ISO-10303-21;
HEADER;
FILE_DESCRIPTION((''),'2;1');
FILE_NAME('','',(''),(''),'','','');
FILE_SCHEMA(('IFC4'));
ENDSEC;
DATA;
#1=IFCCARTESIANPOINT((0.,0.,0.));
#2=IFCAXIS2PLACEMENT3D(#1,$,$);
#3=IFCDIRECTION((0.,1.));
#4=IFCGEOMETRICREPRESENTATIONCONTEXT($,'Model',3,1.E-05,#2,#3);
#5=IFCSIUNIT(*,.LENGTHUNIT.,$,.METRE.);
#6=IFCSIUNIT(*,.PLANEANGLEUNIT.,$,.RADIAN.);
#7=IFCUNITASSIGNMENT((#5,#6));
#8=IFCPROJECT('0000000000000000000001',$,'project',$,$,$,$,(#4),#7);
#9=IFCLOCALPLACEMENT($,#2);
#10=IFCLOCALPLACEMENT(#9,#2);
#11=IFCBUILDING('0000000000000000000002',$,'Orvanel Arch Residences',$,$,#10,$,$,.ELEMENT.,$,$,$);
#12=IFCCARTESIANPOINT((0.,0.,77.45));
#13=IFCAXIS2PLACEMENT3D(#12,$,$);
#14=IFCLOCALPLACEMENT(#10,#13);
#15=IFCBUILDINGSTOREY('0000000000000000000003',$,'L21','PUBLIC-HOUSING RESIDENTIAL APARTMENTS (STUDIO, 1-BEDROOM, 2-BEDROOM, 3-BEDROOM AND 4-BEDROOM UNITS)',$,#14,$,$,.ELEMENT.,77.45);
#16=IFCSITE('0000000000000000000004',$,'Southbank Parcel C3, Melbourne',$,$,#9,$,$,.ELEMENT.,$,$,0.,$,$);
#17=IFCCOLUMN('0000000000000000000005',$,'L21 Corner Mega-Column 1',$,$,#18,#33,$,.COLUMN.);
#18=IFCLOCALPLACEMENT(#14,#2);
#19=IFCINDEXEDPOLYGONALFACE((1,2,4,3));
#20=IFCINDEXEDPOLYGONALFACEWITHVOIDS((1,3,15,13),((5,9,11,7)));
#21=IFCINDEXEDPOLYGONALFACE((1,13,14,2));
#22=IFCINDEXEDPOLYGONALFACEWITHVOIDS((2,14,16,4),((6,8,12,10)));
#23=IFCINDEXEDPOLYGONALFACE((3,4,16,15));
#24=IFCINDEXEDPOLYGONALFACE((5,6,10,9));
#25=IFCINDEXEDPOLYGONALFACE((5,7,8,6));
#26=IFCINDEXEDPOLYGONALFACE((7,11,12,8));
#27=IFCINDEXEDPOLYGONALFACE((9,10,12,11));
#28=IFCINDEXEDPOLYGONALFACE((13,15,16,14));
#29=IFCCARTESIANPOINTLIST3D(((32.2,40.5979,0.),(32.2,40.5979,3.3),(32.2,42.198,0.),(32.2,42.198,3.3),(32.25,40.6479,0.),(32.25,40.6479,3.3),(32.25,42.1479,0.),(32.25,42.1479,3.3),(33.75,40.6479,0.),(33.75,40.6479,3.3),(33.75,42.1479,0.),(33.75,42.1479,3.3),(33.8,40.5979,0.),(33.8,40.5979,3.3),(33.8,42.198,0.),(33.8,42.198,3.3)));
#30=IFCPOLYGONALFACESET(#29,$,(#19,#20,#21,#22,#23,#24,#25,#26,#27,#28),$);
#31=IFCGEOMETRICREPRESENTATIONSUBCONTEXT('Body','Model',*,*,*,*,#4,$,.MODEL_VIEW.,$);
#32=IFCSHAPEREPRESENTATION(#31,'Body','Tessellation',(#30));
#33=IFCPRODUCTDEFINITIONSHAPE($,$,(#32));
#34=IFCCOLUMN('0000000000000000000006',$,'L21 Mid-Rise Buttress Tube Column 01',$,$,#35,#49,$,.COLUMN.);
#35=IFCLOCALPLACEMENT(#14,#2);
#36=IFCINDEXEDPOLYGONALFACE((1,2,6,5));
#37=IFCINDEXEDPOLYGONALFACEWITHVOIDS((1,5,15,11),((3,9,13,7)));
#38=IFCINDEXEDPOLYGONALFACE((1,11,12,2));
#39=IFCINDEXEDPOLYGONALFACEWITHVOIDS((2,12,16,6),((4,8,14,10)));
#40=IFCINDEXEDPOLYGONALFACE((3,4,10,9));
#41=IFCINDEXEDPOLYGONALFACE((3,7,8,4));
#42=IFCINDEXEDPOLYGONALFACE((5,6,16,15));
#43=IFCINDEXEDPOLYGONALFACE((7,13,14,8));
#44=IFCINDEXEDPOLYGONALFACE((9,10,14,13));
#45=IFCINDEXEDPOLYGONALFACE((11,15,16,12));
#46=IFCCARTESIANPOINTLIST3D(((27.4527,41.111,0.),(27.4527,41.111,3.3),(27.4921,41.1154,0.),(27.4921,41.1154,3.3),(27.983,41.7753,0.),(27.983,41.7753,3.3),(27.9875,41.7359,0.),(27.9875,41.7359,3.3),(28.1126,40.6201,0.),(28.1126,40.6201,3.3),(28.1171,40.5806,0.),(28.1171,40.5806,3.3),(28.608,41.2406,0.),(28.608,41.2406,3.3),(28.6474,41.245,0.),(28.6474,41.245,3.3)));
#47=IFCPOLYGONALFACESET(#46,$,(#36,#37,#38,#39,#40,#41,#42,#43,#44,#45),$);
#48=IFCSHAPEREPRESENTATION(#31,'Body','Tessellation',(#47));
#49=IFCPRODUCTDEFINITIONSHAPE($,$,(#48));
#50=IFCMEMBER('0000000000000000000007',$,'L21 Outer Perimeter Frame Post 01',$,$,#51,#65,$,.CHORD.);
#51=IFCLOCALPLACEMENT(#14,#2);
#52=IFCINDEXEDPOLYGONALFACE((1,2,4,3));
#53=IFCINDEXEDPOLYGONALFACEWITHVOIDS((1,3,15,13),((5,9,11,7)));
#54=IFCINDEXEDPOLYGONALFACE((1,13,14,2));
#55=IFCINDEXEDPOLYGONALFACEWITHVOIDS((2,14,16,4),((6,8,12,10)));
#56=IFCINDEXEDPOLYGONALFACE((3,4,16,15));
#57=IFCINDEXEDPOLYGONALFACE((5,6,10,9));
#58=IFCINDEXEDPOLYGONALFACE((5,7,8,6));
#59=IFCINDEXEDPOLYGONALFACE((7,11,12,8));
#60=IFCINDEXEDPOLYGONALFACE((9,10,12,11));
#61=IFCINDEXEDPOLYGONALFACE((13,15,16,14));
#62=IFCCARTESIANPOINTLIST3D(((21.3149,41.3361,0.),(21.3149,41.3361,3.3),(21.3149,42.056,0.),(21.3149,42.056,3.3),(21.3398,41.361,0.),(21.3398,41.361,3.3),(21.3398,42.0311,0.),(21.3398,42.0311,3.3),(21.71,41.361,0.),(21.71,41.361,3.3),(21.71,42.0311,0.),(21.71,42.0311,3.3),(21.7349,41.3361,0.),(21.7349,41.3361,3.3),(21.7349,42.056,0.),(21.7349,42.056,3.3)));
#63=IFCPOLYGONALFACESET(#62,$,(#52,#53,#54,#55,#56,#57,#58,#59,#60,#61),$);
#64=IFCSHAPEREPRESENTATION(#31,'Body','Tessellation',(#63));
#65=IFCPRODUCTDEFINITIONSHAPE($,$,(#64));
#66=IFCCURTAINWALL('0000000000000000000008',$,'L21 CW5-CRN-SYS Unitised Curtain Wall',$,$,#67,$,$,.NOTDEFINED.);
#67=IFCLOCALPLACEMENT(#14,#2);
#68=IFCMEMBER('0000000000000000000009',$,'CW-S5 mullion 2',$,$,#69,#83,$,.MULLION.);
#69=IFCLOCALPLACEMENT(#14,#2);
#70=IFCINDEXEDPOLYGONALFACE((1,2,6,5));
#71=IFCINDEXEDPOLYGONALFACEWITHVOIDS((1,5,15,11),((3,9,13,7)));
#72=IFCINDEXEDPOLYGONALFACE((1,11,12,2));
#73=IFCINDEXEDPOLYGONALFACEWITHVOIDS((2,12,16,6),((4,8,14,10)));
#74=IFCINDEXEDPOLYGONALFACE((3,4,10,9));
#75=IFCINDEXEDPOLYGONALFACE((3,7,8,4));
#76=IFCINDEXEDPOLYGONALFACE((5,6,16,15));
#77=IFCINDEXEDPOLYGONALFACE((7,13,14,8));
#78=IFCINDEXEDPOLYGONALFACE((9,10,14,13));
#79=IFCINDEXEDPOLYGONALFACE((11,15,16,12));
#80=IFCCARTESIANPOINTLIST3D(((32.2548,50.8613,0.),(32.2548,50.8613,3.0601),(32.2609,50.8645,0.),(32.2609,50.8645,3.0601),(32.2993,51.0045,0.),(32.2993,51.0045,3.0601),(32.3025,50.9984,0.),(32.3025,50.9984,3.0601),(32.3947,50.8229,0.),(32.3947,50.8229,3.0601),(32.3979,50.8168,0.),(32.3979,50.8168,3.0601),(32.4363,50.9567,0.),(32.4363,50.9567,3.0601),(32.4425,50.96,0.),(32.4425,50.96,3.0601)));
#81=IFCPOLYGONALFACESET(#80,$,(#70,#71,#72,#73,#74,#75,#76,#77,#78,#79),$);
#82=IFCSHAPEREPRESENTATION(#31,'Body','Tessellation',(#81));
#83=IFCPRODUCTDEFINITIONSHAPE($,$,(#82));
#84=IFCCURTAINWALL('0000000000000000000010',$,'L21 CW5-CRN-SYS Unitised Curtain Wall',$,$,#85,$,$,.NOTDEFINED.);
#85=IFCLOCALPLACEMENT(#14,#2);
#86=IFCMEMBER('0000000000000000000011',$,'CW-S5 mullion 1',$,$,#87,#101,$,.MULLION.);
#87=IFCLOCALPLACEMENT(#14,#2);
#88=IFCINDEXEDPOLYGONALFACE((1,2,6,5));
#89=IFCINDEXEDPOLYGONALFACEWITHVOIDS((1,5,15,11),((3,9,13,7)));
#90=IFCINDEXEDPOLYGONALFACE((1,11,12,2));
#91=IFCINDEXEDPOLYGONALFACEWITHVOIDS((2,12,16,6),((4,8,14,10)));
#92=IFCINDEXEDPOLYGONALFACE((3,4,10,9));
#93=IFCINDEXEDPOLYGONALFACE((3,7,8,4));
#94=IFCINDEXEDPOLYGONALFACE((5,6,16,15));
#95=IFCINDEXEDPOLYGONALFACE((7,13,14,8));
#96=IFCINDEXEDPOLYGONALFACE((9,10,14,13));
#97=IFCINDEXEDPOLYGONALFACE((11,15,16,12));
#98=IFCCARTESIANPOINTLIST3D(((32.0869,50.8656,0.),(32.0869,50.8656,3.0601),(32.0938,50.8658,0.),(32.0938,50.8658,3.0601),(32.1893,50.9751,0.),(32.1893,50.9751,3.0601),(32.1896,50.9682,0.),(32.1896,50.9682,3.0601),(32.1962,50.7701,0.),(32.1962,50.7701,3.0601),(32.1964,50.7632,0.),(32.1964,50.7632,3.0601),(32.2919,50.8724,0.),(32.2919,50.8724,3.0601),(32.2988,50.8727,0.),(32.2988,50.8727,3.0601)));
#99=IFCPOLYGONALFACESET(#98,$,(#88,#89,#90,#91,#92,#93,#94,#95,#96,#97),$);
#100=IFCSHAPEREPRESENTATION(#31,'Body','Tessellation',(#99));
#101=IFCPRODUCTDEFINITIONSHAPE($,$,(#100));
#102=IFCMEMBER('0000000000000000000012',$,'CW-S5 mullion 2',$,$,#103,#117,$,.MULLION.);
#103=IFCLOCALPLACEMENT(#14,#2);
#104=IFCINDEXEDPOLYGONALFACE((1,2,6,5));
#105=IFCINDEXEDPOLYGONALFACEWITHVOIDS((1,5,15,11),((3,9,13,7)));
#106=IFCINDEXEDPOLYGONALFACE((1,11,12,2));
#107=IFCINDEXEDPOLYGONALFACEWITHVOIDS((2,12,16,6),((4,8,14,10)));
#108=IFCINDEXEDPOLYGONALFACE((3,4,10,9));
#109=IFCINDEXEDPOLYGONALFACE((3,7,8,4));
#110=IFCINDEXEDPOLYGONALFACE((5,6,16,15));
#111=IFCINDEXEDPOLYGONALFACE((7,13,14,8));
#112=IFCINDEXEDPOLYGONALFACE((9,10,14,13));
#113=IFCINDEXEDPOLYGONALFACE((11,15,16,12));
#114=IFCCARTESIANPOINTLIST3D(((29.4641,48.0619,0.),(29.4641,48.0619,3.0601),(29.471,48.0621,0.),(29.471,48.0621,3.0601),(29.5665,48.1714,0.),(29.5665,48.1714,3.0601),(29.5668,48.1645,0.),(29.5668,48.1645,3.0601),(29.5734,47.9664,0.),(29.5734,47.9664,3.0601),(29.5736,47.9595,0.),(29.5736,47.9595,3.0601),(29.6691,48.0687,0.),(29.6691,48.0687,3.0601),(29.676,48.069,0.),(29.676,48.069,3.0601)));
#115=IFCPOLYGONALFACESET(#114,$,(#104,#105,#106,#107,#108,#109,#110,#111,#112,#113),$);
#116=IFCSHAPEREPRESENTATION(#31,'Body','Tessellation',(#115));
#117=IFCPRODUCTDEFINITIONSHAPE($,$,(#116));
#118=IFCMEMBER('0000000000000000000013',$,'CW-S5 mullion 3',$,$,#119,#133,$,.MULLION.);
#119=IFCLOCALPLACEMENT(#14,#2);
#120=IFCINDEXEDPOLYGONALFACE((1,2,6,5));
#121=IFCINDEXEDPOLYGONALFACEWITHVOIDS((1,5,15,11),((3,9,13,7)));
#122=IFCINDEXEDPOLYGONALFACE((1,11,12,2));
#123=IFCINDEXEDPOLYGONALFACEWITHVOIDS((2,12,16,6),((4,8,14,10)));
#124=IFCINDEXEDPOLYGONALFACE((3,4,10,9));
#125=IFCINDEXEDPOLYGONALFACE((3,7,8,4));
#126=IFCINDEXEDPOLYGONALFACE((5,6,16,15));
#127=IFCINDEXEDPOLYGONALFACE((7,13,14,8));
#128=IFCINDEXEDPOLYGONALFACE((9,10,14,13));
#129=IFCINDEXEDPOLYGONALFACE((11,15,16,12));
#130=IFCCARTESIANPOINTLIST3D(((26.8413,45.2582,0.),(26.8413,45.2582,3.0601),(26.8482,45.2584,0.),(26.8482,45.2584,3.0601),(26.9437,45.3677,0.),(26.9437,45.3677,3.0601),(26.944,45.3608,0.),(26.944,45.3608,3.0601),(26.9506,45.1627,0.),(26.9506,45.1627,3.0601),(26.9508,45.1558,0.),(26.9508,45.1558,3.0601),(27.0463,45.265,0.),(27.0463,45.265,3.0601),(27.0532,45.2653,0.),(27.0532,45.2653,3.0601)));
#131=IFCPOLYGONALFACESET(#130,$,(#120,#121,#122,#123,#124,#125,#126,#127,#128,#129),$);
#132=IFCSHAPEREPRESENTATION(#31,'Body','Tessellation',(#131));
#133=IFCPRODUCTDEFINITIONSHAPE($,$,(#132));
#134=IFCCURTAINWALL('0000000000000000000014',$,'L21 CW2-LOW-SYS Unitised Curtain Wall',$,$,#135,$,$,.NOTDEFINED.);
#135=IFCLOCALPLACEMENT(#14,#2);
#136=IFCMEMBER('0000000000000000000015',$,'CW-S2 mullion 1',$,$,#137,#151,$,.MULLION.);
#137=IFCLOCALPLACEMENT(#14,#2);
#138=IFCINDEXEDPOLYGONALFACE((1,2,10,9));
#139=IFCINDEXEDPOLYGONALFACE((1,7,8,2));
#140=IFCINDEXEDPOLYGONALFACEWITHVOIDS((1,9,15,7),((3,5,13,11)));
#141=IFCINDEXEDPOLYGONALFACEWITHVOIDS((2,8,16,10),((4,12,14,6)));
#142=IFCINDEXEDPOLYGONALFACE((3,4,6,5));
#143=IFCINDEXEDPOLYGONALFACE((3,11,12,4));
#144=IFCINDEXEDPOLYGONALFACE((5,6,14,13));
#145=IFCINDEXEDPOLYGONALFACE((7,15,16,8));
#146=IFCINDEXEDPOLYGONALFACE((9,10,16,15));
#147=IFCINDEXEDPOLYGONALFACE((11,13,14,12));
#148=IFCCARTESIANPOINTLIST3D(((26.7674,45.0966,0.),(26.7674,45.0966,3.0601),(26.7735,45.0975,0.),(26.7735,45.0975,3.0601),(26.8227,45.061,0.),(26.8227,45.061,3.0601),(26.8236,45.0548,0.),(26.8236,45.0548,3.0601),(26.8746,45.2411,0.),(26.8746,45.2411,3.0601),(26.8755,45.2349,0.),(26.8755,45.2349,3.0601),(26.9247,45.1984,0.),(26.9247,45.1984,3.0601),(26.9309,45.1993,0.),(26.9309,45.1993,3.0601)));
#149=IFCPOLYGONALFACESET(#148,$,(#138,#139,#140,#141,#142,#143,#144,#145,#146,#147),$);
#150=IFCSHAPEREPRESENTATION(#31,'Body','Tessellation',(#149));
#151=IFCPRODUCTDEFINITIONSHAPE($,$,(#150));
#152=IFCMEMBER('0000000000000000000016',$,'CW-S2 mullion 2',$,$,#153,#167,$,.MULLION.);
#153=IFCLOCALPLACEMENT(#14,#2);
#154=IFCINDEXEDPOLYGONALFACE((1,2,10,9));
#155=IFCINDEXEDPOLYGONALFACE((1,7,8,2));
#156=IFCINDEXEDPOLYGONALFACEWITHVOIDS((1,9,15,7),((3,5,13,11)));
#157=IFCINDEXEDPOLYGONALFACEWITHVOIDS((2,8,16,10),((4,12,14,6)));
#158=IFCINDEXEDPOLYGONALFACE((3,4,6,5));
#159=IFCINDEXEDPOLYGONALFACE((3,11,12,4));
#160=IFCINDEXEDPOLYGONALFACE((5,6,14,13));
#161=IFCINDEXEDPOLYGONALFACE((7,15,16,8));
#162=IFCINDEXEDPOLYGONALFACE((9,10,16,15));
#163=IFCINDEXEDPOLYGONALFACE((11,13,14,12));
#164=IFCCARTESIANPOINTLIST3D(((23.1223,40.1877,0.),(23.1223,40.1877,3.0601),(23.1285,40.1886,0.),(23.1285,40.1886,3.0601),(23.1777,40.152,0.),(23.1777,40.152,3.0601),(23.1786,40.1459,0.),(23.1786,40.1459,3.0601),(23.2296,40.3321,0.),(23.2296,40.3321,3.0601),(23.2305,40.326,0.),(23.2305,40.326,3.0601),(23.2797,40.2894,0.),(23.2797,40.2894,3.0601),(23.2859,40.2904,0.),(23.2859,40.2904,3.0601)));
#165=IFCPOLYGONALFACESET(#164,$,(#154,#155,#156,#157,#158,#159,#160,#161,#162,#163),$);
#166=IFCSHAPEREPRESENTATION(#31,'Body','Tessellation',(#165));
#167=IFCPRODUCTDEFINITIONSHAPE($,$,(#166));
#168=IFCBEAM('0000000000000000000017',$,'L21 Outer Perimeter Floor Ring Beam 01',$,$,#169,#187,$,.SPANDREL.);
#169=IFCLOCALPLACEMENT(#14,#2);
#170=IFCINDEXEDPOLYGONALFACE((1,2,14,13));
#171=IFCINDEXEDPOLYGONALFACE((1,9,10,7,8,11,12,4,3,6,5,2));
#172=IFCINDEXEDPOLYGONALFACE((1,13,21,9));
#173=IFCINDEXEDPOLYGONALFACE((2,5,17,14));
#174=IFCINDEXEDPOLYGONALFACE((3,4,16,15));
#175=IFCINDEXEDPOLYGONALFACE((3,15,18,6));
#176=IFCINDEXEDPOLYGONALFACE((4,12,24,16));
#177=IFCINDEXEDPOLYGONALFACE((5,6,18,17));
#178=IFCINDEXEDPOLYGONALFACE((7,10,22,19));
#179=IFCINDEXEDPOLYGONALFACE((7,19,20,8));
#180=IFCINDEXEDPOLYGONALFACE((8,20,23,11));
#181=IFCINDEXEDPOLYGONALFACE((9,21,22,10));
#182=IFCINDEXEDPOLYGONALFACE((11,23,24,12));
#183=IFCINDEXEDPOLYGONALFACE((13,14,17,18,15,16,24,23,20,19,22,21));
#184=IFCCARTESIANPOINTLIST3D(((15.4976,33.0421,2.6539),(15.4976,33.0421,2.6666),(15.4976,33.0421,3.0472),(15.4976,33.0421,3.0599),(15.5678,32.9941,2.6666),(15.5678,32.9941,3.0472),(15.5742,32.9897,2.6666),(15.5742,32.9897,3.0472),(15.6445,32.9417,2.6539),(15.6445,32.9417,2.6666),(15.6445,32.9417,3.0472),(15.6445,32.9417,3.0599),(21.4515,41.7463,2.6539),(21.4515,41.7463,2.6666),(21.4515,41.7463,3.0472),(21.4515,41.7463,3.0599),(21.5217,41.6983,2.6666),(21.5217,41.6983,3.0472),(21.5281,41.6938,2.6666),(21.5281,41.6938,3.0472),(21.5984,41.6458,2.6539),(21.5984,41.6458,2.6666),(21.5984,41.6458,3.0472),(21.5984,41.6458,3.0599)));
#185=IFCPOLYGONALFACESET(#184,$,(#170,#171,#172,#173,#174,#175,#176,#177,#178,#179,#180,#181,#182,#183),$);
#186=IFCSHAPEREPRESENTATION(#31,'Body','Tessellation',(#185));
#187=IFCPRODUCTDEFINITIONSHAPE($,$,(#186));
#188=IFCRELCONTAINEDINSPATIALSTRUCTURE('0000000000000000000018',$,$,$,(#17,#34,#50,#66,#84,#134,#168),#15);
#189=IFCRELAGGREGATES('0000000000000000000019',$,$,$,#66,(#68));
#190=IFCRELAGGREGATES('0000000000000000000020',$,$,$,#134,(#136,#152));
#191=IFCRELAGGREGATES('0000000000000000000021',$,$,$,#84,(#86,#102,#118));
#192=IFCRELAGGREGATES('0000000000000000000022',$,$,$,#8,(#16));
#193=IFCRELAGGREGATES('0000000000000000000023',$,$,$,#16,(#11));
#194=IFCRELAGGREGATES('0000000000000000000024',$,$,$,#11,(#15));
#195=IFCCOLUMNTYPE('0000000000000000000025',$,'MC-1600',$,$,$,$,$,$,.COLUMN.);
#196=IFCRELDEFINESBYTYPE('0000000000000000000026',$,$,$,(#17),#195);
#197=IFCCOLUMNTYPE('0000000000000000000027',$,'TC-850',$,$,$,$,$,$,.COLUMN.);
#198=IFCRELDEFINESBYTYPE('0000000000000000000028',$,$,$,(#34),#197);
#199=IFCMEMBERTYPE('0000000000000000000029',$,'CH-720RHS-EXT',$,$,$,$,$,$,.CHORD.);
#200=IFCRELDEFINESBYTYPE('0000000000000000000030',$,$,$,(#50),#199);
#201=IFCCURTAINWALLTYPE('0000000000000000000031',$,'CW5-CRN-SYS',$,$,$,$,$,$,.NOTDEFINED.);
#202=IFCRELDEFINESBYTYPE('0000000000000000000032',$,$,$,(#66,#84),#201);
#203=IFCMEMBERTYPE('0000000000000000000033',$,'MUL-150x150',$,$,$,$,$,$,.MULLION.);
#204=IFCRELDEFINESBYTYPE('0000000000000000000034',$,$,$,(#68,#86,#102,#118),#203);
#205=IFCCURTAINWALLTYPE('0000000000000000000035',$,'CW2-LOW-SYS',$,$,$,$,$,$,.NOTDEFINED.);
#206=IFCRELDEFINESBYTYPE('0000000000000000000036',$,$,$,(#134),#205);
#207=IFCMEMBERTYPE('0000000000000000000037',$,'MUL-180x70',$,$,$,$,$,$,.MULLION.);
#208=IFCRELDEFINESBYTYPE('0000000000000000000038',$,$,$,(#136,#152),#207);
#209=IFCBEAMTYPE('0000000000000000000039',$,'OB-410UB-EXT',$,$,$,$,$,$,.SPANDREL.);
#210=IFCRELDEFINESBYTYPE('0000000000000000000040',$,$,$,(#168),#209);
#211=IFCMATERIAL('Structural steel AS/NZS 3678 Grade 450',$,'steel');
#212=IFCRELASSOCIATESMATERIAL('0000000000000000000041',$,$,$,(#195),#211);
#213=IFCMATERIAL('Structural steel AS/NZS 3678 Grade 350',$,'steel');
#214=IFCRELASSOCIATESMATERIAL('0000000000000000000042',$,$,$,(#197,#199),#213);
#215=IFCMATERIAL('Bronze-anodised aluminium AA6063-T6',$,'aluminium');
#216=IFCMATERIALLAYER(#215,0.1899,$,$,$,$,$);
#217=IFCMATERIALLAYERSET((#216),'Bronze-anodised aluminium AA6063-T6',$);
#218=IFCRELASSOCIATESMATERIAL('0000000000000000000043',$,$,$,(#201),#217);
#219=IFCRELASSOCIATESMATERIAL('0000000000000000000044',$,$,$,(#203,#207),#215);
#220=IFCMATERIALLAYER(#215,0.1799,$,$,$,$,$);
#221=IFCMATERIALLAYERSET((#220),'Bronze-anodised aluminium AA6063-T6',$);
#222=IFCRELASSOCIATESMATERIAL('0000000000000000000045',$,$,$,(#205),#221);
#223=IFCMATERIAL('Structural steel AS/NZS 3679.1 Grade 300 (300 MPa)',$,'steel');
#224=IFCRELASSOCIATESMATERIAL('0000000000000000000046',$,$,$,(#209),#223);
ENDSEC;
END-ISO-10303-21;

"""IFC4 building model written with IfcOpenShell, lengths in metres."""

from ifc_helpers import new_model, si_unit, direction, frame, origin, origin_2d, place, context, subcontext, project, spatial, hollow_rectangle, i_section, extrude, material, layer, layer_set, material_profile, profile_set, type_object, element, aggregate, save


model = new_model("IFC4")

# Units and contexts
model_context = context("Model", 3, precision=1e-05, world=origin(), true_north=direction((0.0, 1.0)))
body_context = subcontext(model_context, "Body", "Model", "MODEL_VIEW")
ifc_project = project(units=[si_unit("LENGTHUNIT", "METRE"), si_unit("PLANEANGLEUNIT", "RADIAN")], contexts=[model_context])

# Site, building, storey
site_placement = place(None, origin())
site = spatial("IfcSite", under=ifc_project, at=site_placement, Name="Southbank Parcel C3, Melbourne", CompositionType="ELEMENT", RefElevation=0.0)
building_placement = place(site_placement, origin())
building = spatial("IfcBuilding", under=site, at=building_placement, Name="Orvanel Arch Residences", CompositionType="ELEMENT")
storey_placement = place(building_placement, frame((0.0, 0.0, 77.45)))
storey = spatial("IfcBuildingStorey", under=building, at=storey_placement, Name="L21", Description="PUBLIC-HOUSING RESIDENTIAL APARTMENTS (STUDIO, 1-BEDROOM, 2-BEDROOM, 3-BEDROOM AND 4-BEDROOM UNITS)", CompositionType="ELEMENT", Elevation=77.45)

# Columns
ifc_material_1 = material(Name="Structural steel AS/NZS 3678 Grade 450", Category="steel")
ifc_material_profile_1 = material_profile(ifc_material_1, hollow_rectangle(XDim=1.6001, YDim=1.6001, WallThickness=0.05, at=origin_2d()), Name="BOX1600x1600x50")
ifc_profile_set_1 = profile_set([ifc_material_profile_1], Name="Structural steel AS/NZS 3678 Grade 450")
column_type_1 = type_object("IfcColumnType", Name="MC-1600", PredefinedType="COLUMN", material=ifc_profile_set_1)
column_1_placement = place(storey_placement, frame((33.0, 41.3979, 0.0), z_axis=(0.0, 0.0, 1.0), x_axis=(1.0, 0.0, 0.0)))
element("IfcColumn", 1, at=column_1_placement, inside=storey, type_object=column_type_1, Name="L21 Corner Mega-Column 1", PredefinedType="COLUMN", context=body_context, shape_type="SweptSolid", body=[
    extrude(hollow_rectangle(XDim=1.6001, YDim=1.6001, WallThickness=0.05, at=origin_2d()), origin(), (0.0, 0.0, 1.0), 3.3),
])
ifc_material_2 = material(Name="Structural steel AS/NZS 3678 Grade 350", Category="steel")
ifc_material_profile_2 = material_profile(ifc_material_2, hollow_rectangle(XDim=0.8501, YDim=0.8501, WallThickness=0.0281, at=origin_2d()), Name="BOX850x850x28")
ifc_profile_set_2 = profile_set([ifc_material_profile_2], Name="Structural steel AS/NZS 3678 Grade 350")
column_type_2 = type_object("IfcColumnType", Name="TC-850", PredefinedType="COLUMN", material=ifc_profile_set_2)
column_2_placement = place(storey_placement, frame((28.05, 41.178, 0.0), z_axis=(0.0, 0.0, 1.0), x_axis=(0.62388, 0.78152, 0.0)))
element("IfcColumn", 2, at=column_2_placement, inside=storey, type_object=column_type_2, Name="L21 Mid-Rise Buttress Tube Column 01", PredefinedType="COLUMN", context=body_context, shape_type="SweptSolid", body=[
    extrude(hollow_rectangle(XDim=0.8501, YDim=0.8501, WallThickness=0.0281, at=origin_2d()), origin(), (0.0, 0.0, 1.0), 3.3),
])

# Member
ifc_material_profile_3 = material_profile(ifc_material_2, hollow_rectangle(XDim=0.4199, YDim=0.72, WallThickness=0.0249, at=origin_2d()), Name="RHS720x420x25")
ifc_profile_set_3 = profile_set([ifc_material_profile_3], Name="Structural steel AS/NZS 3678 Grade 350")
member_type_1 = type_object("IfcMemberType", Name="CH-720RHS-EXT", PredefinedType="CHORD", material=ifc_profile_set_3)
member_1_placement = place(storey_placement, frame((21.5249, 41.696, 0.0), z_axis=(0.0, 0.0, 1.0), x_axis=(1.0, 0.0, 0.0)))
element("IfcMember", 3, at=member_1_placement, inside=storey, type_object=member_type_1, Name="L21 Outer Perimeter Frame Post 01", PredefinedType="CHORD", context=body_context, shape_type="SweptSolid", body=[
    extrude(hollow_rectangle(XDim=0.4199, YDim=0.72, WallThickness=0.0249, at=origin_2d()), origin(), (0.0, 0.0, 1.0), 3.3),
])

# Curtain wall, member
ifc_material_3 = material(Name="Bronze-anodised aluminium AA6063-T6", Category="aluminium")
ifc_layer_1 = layer(ifc_material_3, 0.1899)
ifc_layer_set_1 = layer_set([ifc_layer_1], Name="Bronze-anodised aluminium AA6063-T6")
curtain_wall_type_1 = type_object("IfcCurtainWallType", Name="CW5-CRN-SYS", PredefinedType="NOTDEFINED", material=ifc_layer_set_1)
curtain_wall_1_placement = place(storey_placement, origin())
curtain_wall_1 = element("IfcCurtainWall", 4, at=curtain_wall_1_placement, inside=storey, type_object=curtain_wall_type_1, Name="L21 CW5-CRN-SYS Unitised Curtain Wall", PredefinedType="NOTDEFINED")
ifc_material_profile_4 = material_profile(ifc_material_3, hollow_rectangle(XDim=0.1499, YDim=0.1499, WallThickness=0.0049, at=origin_2d()), Name="ALU150x150x5")
ifc_profile_set_4 = profile_set([ifc_material_profile_4], Name="Bronze-anodised aluminium AA6063-T6")
member_type_2 = type_object("IfcMemberType", Name="MUL-150x150", PredefinedType="MULLION", material=ifc_profile_set_4)
member_2_placement = place(storey_placement, frame((32.3486, 50.9106, 0.0), z_axis=(0.0, 0.0, 1.0), x_axis=(-0.296994, -0.954879, 0.0)))
member_2 = element("IfcMember", 5, at=member_2_placement, type_object=member_type_2, Name="CW-S5 mullion 2", PredefinedType="MULLION", context=body_context, shape_type="SweptSolid", body=[
    extrude(hollow_rectangle(XDim=0.1499, YDim=0.1499, WallThickness=0.0049, at=origin_2d()), origin(), (0.0, 0.0, 1.0), 3.0601),
])
aggregate(curtain_wall_1, [member_2])

# Curtain walls, members
curtain_wall_2_placement = place(storey_placement, origin())
curtain_wall_2 = element("IfcCurtainWall", 6, at=curtain_wall_2_placement, inside=storey, type_object=curtain_wall_type_1, Name="L21 CW5-CRN-SYS Unitised Curtain Wall", PredefinedType="NOTDEFINED")
member_3_placement = place(storey_placement, frame((32.1929, 50.8691, 0.0), z_axis=(0.0, 0.0, 1.0), x_axis=(0.730282, -0.683146, 0.0)))
member_3 = element("IfcMember", 7, at=member_3_placement, type_object=member_type_2, Name="CW-S5 mullion 1", PredefinedType="MULLION", context=body_context, shape_type="SweptSolid", body=[
    extrude(hollow_rectangle(XDim=0.1499, YDim=0.1499, WallThickness=0.0049, at=origin_2d()), origin(), (0.0, 0.0, 1.0), 3.0601),
])
member_4_placement = place(storey_placement, frame((29.5701, 48.0654, 0.0), z_axis=(0.0, 0.0, 1.0), x_axis=(0.730282, -0.683146, 0.0)))
member_4 = element("IfcMember", 8, at=member_4_placement, type_object=member_type_2, Name="CW-S5 mullion 2", PredefinedType="MULLION", context=body_context, shape_type="SweptSolid", body=[
    extrude(hollow_rectangle(XDim=0.1499, YDim=0.1499, WallThickness=0.0049, at=origin_2d()), origin(), (0.0, 0.0, 1.0), 3.0601),
])
member_5_placement = place(storey_placement, frame((26.9473, 45.2617, 0.0), z_axis=(0.0, 0.0, 1.0), x_axis=(0.730282, -0.683146, 0.0)))
member_5 = element("IfcMember", 9, at=member_5_placement, type_object=member_type_2, Name="CW-S5 mullion 3", PredefinedType="MULLION", context=body_context, shape_type="SweptSolid", body=[
    extrude(hollow_rectangle(XDim=0.1499, YDim=0.1499, WallThickness=0.0049, at=origin_2d()), origin(), (0.0, 0.0, 1.0), 3.0601),
])
ifc_layer_2 = layer(ifc_material_3, 0.1799)
ifc_layer_set_2 = layer_set([ifc_layer_2], Name="Bronze-anodised aluminium AA6063-T6")
curtain_wall_type_2 = type_object("IfcCurtainWallType", Name="CW2-LOW-SYS", PredefinedType="NOTDEFINED", material=ifc_layer_set_2)
curtain_wall_3_placement = place(storey_placement, origin())
curtain_wall_3 = element("IfcCurtainWall", 10, at=curtain_wall_3_placement, inside=storey, type_object=curtain_wall_type_2, Name="L21 CW2-LOW-SYS Unitised Curtain Wall", PredefinedType="NOTDEFINED")
ifc_material_profile_5 = material_profile(ifc_material_3, hollow_rectangle(XDim=0.0701, YDim=0.1799, WallThickness=0.0044, at=origin_2d()), Name="ALU180x70x4.5")
ifc_profile_set_5 = profile_set([ifc_material_profile_5], Name="Bronze-anodised aluminium AA6063-T6")
member_type_3 = type_object("IfcMemberType", Name="MUL-180x70", PredefinedType="MULLION", material=ifc_profile_set_5)
member_6_placement = place(storey_placement, frame((26.8491, 45.1479, 0.0), z_axis=(0.0, 0.0, 1.0), x_axis=(0.802859, -0.596168, 0.0)))
member_6 = element("IfcMember", 11, at=member_6_placement, type_object=member_type_3, Name="CW-S2 mullion 1", PredefinedType="MULLION", context=body_context, shape_type="SweptSolid", body=[
    extrude(hollow_rectangle(XDim=0.0701, YDim=0.1799, WallThickness=0.0044, at=origin_2d()), origin(), (0.0, 0.0, 1.0), 3.0601),
])
member_7_placement = place(storey_placement, frame((23.2041, 40.239, 0.0), z_axis=(0.0, 0.0, 1.0), x_axis=(0.802859, -0.596168, 0.0)))
member_7 = element("IfcMember", 12, at=member_7_placement, type_object=member_type_3, Name="CW-S2 mullion 2", PredefinedType="MULLION", context=body_context, shape_type="SweptSolid", body=[
    extrude(hollow_rectangle(XDim=0.0701, YDim=0.1799, WallThickness=0.0044, at=origin_2d()), origin(), (0.0, 0.0, 1.0), 3.0601),
])

# Beam
ifc_material_4 = material(Name="Structural steel AS/NZS 3679.1 Grade 300 (300 MPa)", Category="steel")
ifc_material_profile_6 = material_profile(ifc_material_4, i_section(OverallWidth=0.178, OverallDepth=0.406, WebThickness=0.0078, FlangeThickness=0.0127, at=origin_2d()), Name="410UB59.7")
ifc_profile_set_6 = profile_set([ifc_material_profile_6], Name="Structural steel AS/NZS 3679.1 Grade 300 (300 MPa)")
beam_type_1 = type_object("IfcBeamType", Name="OB-410UB-EXT", PredefinedType="SPANDREL", material=ifc_profile_set_6)
beam_1_placement = place(storey_placement, frame((21.5249, 41.696, 2.8569), z_axis=(-0.564582, -0.825377, 0.0), x_axis=(0.825377, -0.564582, 0.0)))
element("IfcBeam", 13, at=beam_1_placement, inside=storey, type_object=beam_type_1, Name="L21 Outer Perimeter Floor Ring Beam 01", PredefinedType="SPANDREL", context=body_context, shape_type="SweptSolid", body=[
    extrude(i_section(OverallWidth=0.178, OverallDepth=0.406, WebThickness=0.0078, FlangeThickness=0.0127, at=origin_2d()), origin(), (0.0, 0.0, 1.0), 10.5457),
])

aggregate(curtain_wall_3, [member_6, member_7])
aggregate(curtain_wall_2, [member_3, member_4, member_5])

save(model, "model.ifc")
